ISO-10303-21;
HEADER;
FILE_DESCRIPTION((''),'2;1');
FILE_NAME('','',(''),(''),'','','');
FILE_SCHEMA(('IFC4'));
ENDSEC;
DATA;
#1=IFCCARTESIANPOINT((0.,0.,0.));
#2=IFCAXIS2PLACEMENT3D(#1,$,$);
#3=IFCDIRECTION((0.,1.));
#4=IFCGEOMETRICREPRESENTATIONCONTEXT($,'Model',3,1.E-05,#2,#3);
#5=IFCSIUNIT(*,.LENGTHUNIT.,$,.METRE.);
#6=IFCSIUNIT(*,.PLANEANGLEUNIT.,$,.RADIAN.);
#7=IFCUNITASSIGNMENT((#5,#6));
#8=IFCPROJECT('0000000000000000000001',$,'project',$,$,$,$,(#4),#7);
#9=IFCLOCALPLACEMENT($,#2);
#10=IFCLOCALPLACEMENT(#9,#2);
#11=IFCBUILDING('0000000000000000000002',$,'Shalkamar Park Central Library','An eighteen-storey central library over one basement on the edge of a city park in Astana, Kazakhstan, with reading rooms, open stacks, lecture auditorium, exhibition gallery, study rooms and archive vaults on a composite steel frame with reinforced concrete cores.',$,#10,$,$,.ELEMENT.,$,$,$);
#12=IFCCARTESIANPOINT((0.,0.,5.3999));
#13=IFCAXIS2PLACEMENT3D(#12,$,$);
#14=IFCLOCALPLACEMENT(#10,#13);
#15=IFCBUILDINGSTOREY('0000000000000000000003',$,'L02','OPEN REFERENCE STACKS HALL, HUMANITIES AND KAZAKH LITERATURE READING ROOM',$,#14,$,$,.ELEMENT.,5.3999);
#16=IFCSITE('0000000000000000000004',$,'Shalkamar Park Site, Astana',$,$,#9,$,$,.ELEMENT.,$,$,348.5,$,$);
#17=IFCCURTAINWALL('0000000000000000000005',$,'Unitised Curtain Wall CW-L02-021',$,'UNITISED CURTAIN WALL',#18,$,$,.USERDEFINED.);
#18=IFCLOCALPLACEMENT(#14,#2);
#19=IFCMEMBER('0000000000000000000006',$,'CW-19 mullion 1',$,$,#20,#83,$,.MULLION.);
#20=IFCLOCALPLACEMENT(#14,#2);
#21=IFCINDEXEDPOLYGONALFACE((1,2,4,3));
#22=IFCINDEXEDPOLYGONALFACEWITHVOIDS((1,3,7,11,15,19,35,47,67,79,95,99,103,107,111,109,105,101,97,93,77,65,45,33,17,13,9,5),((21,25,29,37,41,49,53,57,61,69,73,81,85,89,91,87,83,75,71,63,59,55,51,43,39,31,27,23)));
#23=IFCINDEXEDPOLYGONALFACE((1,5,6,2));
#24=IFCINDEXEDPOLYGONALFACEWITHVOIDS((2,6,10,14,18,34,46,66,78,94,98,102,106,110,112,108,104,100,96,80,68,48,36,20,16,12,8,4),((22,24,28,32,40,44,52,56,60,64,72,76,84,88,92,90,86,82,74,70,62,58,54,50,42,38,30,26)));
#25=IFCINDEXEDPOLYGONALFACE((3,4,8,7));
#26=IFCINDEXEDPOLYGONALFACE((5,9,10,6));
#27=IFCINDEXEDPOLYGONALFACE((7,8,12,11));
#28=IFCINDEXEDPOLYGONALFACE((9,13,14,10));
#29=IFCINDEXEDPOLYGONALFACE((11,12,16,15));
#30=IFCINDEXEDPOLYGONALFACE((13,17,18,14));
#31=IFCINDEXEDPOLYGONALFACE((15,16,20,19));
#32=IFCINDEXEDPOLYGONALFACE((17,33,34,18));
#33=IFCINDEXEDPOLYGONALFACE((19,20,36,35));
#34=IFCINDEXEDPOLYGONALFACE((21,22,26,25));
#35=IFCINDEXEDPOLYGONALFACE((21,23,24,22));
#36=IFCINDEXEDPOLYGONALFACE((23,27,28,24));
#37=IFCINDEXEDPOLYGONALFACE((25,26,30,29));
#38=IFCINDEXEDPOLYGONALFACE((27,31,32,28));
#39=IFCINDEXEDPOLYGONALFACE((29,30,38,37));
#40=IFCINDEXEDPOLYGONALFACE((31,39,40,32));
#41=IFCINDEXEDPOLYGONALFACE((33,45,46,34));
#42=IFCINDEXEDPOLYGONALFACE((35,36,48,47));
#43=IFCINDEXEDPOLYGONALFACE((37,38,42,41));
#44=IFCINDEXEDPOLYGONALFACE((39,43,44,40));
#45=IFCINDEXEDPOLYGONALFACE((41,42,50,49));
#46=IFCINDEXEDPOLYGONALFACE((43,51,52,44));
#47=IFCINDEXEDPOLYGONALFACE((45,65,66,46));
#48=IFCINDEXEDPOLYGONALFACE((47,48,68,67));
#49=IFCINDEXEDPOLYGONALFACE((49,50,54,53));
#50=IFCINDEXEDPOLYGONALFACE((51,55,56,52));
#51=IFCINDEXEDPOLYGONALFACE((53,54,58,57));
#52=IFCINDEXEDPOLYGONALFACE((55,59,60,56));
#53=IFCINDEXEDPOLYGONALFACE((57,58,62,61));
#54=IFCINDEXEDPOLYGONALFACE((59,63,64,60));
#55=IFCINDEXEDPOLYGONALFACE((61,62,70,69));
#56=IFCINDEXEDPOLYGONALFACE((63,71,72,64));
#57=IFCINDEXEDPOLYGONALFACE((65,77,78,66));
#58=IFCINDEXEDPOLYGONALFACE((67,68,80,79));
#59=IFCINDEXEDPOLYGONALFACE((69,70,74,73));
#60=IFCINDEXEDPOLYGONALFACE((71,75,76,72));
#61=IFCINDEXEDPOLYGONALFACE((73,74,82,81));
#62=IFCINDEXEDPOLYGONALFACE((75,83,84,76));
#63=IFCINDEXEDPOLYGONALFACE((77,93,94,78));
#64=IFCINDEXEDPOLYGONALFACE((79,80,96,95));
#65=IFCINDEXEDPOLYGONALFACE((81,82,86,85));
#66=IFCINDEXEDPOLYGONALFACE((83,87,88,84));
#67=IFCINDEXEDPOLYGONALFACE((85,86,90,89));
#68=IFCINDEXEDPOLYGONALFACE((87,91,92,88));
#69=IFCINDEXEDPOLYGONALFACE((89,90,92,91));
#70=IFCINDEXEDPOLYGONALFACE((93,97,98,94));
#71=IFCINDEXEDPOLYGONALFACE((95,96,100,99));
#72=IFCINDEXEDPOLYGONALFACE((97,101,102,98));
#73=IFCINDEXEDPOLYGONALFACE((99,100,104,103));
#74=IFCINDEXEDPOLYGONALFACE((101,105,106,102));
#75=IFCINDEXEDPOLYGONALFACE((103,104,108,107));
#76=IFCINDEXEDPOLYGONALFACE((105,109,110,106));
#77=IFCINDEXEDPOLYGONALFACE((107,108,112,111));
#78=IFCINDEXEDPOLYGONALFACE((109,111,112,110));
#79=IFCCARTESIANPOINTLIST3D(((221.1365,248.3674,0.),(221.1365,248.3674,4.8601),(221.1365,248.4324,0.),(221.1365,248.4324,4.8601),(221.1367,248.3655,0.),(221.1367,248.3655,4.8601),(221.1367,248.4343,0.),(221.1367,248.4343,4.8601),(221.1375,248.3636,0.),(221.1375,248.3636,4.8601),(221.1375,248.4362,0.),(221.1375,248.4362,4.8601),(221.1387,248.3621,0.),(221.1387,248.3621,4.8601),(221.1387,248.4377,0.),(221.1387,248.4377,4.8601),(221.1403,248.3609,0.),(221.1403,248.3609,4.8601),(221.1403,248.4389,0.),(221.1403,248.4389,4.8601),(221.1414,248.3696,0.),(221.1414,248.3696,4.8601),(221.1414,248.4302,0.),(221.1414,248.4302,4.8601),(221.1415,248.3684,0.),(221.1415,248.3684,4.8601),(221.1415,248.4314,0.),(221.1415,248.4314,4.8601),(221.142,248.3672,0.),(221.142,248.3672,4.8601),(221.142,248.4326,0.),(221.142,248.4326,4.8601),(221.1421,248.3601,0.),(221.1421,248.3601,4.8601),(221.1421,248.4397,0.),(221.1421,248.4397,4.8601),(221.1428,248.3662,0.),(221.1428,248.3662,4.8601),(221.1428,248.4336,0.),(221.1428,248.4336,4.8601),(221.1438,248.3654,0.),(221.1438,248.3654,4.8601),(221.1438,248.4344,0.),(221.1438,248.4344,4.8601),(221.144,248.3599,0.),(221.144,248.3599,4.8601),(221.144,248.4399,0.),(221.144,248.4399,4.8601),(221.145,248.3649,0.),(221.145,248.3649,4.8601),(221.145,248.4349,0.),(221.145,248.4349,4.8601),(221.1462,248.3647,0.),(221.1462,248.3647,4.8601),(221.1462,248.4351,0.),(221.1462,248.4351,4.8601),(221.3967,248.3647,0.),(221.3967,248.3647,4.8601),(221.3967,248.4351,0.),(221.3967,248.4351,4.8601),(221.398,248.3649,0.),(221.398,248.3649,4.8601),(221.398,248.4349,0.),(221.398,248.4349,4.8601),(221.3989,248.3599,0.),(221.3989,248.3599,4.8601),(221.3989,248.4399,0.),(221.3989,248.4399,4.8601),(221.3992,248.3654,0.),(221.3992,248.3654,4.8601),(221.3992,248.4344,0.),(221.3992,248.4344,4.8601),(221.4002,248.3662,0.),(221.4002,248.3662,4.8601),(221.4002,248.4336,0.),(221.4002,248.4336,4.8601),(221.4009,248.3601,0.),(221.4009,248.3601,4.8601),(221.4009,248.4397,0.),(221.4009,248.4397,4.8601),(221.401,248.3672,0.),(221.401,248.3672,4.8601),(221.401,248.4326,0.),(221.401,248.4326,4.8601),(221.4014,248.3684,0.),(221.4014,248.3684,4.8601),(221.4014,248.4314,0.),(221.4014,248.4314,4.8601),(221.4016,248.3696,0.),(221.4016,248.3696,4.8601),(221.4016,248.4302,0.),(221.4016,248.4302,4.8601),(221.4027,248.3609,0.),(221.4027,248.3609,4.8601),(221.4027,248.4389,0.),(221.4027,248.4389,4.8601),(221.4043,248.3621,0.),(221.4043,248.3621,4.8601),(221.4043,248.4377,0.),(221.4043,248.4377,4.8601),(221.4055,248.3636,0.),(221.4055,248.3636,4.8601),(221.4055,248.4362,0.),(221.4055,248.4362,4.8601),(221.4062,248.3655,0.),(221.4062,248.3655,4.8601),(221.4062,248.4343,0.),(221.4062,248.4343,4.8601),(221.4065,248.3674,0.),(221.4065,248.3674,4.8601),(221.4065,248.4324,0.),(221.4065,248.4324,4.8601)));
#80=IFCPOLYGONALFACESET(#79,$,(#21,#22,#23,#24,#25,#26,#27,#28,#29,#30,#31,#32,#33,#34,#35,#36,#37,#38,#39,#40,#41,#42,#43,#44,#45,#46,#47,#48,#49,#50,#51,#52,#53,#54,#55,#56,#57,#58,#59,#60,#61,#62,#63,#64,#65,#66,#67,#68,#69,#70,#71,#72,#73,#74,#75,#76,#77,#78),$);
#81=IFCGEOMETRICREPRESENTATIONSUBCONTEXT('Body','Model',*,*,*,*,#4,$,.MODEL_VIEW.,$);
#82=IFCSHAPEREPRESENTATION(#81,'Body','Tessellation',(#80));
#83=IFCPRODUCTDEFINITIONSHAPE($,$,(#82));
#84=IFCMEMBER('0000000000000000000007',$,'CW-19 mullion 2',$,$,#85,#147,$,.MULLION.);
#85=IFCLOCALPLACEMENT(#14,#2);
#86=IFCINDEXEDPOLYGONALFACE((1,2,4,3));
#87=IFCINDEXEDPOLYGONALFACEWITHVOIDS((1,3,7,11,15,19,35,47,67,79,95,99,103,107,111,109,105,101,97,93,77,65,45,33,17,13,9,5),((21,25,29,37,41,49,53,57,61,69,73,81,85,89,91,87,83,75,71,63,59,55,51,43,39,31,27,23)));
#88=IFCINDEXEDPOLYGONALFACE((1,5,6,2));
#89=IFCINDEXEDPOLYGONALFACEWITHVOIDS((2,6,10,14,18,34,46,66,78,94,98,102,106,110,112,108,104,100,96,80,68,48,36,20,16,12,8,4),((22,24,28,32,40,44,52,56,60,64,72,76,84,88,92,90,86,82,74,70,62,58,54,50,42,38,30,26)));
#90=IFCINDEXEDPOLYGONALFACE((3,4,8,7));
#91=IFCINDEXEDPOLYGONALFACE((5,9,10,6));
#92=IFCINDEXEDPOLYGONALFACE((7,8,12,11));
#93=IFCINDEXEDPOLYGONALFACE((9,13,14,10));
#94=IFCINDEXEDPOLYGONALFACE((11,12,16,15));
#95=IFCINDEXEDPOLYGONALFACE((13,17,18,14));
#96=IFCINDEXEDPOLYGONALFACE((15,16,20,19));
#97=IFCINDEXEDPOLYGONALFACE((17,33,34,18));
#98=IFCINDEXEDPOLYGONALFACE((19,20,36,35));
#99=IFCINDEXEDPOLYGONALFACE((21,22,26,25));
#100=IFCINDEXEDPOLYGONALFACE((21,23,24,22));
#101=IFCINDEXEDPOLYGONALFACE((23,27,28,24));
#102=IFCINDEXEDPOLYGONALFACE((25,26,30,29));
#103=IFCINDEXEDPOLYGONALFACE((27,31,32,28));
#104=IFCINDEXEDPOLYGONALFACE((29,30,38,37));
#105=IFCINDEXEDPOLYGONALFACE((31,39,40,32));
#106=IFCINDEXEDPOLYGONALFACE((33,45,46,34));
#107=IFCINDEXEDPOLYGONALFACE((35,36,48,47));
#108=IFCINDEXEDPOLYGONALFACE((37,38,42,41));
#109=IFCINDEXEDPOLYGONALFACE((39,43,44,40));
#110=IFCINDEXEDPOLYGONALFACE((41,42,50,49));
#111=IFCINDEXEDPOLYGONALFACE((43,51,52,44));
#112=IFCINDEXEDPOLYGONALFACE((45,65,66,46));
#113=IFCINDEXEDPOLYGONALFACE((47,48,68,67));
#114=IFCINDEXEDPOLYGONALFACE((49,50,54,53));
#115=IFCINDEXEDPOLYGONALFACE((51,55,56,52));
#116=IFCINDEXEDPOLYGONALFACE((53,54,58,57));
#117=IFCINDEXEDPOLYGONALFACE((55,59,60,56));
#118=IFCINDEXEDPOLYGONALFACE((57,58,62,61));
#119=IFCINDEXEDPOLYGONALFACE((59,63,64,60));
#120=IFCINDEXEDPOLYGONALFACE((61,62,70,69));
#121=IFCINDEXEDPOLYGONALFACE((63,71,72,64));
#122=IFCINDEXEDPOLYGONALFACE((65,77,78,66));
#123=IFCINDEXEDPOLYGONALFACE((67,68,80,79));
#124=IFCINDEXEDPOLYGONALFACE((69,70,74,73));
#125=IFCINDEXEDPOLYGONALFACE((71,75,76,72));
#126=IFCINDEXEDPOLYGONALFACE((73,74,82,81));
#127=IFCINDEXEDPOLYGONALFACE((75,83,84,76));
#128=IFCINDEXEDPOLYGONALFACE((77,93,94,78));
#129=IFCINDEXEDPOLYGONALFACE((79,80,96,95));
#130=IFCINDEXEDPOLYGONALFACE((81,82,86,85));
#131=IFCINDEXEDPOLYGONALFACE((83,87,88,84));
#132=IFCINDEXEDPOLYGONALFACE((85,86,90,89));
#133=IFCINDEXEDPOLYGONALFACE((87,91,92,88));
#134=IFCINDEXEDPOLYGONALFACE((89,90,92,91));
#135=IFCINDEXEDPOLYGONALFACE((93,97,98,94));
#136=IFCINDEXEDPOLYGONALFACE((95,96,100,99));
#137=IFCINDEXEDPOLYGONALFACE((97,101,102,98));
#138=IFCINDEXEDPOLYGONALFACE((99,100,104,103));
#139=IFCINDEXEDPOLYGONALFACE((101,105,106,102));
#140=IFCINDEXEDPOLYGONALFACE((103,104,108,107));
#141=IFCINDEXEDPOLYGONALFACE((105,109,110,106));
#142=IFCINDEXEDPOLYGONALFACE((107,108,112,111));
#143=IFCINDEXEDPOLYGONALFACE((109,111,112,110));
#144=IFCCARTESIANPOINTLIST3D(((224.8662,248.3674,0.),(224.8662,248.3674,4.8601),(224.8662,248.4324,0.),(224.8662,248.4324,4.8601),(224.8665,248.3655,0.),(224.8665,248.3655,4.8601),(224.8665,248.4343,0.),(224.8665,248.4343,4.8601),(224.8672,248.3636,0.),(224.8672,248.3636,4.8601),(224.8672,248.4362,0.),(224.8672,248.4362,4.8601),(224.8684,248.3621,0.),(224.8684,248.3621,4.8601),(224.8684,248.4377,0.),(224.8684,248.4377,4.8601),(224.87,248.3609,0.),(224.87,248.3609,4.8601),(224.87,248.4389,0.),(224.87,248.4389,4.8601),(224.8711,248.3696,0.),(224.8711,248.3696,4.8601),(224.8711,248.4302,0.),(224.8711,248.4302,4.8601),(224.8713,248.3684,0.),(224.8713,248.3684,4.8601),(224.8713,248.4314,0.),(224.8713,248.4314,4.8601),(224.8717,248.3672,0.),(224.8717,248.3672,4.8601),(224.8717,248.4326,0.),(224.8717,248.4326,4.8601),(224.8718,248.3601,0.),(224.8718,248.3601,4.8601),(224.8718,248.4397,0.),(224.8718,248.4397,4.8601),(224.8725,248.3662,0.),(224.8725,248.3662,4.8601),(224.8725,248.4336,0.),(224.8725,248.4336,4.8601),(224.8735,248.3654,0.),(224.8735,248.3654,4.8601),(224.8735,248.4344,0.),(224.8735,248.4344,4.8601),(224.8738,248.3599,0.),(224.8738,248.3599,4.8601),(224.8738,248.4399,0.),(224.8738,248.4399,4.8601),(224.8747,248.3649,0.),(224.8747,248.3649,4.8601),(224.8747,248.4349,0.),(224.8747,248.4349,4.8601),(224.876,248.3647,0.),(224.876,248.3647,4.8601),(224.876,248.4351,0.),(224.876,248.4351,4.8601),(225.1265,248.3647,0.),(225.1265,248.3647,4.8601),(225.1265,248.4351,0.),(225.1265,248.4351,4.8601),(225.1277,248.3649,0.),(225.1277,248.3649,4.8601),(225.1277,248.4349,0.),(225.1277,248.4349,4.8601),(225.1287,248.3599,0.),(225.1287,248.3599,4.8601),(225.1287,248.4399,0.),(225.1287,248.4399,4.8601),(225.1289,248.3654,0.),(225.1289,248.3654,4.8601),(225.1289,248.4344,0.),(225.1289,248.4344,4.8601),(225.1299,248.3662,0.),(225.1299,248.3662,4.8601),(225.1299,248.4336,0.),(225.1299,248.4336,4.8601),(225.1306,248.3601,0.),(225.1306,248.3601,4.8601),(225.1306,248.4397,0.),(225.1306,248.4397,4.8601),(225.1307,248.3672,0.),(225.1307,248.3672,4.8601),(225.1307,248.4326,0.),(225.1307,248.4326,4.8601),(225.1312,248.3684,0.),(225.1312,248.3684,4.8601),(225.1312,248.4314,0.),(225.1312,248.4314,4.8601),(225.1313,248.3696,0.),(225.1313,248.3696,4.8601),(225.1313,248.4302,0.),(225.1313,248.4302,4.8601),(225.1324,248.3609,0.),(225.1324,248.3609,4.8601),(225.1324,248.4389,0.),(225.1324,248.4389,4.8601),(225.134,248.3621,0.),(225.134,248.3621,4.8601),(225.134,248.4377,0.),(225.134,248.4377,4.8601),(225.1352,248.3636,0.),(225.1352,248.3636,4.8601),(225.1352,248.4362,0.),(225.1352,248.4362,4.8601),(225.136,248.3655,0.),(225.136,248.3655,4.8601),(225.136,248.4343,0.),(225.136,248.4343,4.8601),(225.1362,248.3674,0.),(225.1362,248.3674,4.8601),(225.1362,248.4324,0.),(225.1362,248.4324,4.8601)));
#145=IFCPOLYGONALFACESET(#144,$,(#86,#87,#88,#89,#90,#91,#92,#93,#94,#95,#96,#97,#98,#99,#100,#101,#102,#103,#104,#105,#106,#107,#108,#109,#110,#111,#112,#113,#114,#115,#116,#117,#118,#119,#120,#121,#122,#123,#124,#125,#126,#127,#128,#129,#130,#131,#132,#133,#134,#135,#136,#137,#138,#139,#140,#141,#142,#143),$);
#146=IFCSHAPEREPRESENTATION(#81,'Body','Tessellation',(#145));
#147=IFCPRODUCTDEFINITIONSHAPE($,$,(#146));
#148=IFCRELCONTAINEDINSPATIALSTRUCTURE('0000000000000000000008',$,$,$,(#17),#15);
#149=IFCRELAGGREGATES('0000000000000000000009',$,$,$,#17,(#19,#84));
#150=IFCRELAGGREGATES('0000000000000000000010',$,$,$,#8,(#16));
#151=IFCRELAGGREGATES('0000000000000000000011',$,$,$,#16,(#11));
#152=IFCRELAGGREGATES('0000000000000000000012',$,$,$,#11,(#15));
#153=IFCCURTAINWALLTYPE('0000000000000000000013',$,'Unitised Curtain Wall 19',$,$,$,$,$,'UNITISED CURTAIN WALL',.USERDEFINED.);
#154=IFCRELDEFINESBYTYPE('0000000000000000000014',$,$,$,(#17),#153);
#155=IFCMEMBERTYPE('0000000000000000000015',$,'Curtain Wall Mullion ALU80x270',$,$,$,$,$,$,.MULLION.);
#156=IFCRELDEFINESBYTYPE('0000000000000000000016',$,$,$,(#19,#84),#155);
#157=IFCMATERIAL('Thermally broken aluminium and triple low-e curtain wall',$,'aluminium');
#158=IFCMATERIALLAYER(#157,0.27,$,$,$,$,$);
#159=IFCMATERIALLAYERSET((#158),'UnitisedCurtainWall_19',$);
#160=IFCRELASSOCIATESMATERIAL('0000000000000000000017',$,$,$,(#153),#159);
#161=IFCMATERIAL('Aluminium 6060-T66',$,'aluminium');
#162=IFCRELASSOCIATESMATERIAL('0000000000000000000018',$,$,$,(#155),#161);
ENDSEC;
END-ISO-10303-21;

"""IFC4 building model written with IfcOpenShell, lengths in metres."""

from ifc_helpers import new_model, si_unit, direction, frame, origin, origin_2d, place, context, subcontext, project, spatial, hollow_rectangle, extrude, material, layer, layer_set, material_profile, profile_set, type_object, element, aggregate, save


model = new_model("IFC4")

# Units and contexts
model_context = context("Model", 3, precision=1e-05, world=origin(), true_north=direction((0.0, 1.0)))
body_context = subcontext(model_context, "Body", "Model", "MODEL_VIEW")
ifc_project = project(units=[si_unit("LENGTHUNIT", "METRE"), si_unit("PLANEANGLEUNIT", "RADIAN")], contexts=[model_context])

# Site, building, storey
site_placement = place(None, origin())
site = spatial("IfcSite", under=ifc_project, at=site_placement, Name="Shalkamar Park Site, Astana", CompositionType="ELEMENT", RefElevation=348.5)
building_placement = place(site_placement, origin())
building = spatial("IfcBuilding", under=site, at=building_placement, Name="Shalkamar Park Central Library", Description="An eighteen-storey central library over one basement on the edge of a city park in Astana, Kazakhstan, with reading rooms, open stacks, lecture auditorium, exhibition gallery, study rooms and archive vaults on a composite steel frame with reinforced concrete cores.", CompositionType="ELEMENT")
storey_placement = place(building_placement, frame((0.0, 0.0, 5.3999)))
storey = spatial("IfcBuildingStorey", under=building, at=storey_placement, Name="L02", Description="OPEN REFERENCE STACKS HALL, HUMANITIES AND KAZAKH LITERATURE READING ROOM", CompositionType="ELEMENT", Elevation=5.3999)

# Curtain wall, members
ifc_material_1 = material(Name="Thermally broken aluminium and triple low-e curtain wall", Category="aluminium")
ifc_layer_1 = layer(ifc_material_1, 0.27)
ifc_layer_set_1 = layer_set([ifc_layer_1], Name="UnitisedCurtainWall_19")
curtain_wall_type = type_object("IfcCurtainWallType", Name="Unitised Curtain Wall 19", ElementType="UNITISED CURTAIN WALL", PredefinedType="USERDEFINED", material=ifc_layer_set_1)
curtain_wall_placement = place(storey_placement, origin())
curtain_wall = element("IfcCurtainWall", 1, at=curtain_wall_placement, inside=storey, type_object=curtain_wall_type, Name="Unitised Curtain Wall CW-L02-021", ObjectType="UNITISED CURTAIN WALL", PredefinedType="USERDEFINED")
ifc_material_2 = material(Name="Aluminium 6060-T66", Category="aluminium")
ifc_material_profile_1 = material_profile(ifc_material_2, hollow_rectangle(XDim=0.0801, YDim=0.27, WallThickness=0.0049, InnerFilletRadius=0.0049, OuterFilletRadius=0.0076, at=origin_2d()), Name="ALU 80x270x5")
ifc_profile_set_1 = profile_set([ifc_material_profile_1], Name="Aluminium 6060-T66")
member_type_1 = type_object("IfcMemberType", Name="Curtain Wall Mullion ALU80x270", PredefinedType="MULLION", material=ifc_profile_set_1)
member_1_placement = place(storey_placement, frame((221.2715, 248.3999, 0.0), z_axis=(0.0, 0.0, 1.0), x_axis=(0.0, 1.0, 0.0)))
member_1 = element("IfcMember", 2, at=member_1_placement, type_object=member_type_1, Name="CW-19 mullion 1", PredefinedType="MULLION", context=body_context, shape_type="SweptSolid", body=[
    extrude(hollow_rectangle(XDim=0.0801, YDim=0.27, WallThickness=0.0049, InnerFilletRadius=0.0049, OuterFilletRadius=0.0076, at=origin_2d()), origin(), (0.0, 0.0, 1.0), 4.8601),
])
member_2_placement = place(storey_placement, frame((225.0012, 248.3999, 0.0), z_axis=(0.0, 0.0, 1.0), x_axis=(0.0, 1.0, 0.0)))
member_2 = element("IfcMember", 3, at=member_2_placement, type_object=member_type_1, Name="CW-19 mullion 2", PredefinedType="MULLION", context=body_context, shape_type="SweptSolid", body=[
    extrude(hollow_rectangle(XDim=0.0801, YDim=0.27, WallThickness=0.0049, InnerFilletRadius=0.0049, OuterFilletRadius=0.0076, at=origin_2d()), origin(), (0.0, 0.0, 1.0), 4.8601),
])

aggregate(curtain_wall, [member_1, member_2])

save(model, "model.ifc")
